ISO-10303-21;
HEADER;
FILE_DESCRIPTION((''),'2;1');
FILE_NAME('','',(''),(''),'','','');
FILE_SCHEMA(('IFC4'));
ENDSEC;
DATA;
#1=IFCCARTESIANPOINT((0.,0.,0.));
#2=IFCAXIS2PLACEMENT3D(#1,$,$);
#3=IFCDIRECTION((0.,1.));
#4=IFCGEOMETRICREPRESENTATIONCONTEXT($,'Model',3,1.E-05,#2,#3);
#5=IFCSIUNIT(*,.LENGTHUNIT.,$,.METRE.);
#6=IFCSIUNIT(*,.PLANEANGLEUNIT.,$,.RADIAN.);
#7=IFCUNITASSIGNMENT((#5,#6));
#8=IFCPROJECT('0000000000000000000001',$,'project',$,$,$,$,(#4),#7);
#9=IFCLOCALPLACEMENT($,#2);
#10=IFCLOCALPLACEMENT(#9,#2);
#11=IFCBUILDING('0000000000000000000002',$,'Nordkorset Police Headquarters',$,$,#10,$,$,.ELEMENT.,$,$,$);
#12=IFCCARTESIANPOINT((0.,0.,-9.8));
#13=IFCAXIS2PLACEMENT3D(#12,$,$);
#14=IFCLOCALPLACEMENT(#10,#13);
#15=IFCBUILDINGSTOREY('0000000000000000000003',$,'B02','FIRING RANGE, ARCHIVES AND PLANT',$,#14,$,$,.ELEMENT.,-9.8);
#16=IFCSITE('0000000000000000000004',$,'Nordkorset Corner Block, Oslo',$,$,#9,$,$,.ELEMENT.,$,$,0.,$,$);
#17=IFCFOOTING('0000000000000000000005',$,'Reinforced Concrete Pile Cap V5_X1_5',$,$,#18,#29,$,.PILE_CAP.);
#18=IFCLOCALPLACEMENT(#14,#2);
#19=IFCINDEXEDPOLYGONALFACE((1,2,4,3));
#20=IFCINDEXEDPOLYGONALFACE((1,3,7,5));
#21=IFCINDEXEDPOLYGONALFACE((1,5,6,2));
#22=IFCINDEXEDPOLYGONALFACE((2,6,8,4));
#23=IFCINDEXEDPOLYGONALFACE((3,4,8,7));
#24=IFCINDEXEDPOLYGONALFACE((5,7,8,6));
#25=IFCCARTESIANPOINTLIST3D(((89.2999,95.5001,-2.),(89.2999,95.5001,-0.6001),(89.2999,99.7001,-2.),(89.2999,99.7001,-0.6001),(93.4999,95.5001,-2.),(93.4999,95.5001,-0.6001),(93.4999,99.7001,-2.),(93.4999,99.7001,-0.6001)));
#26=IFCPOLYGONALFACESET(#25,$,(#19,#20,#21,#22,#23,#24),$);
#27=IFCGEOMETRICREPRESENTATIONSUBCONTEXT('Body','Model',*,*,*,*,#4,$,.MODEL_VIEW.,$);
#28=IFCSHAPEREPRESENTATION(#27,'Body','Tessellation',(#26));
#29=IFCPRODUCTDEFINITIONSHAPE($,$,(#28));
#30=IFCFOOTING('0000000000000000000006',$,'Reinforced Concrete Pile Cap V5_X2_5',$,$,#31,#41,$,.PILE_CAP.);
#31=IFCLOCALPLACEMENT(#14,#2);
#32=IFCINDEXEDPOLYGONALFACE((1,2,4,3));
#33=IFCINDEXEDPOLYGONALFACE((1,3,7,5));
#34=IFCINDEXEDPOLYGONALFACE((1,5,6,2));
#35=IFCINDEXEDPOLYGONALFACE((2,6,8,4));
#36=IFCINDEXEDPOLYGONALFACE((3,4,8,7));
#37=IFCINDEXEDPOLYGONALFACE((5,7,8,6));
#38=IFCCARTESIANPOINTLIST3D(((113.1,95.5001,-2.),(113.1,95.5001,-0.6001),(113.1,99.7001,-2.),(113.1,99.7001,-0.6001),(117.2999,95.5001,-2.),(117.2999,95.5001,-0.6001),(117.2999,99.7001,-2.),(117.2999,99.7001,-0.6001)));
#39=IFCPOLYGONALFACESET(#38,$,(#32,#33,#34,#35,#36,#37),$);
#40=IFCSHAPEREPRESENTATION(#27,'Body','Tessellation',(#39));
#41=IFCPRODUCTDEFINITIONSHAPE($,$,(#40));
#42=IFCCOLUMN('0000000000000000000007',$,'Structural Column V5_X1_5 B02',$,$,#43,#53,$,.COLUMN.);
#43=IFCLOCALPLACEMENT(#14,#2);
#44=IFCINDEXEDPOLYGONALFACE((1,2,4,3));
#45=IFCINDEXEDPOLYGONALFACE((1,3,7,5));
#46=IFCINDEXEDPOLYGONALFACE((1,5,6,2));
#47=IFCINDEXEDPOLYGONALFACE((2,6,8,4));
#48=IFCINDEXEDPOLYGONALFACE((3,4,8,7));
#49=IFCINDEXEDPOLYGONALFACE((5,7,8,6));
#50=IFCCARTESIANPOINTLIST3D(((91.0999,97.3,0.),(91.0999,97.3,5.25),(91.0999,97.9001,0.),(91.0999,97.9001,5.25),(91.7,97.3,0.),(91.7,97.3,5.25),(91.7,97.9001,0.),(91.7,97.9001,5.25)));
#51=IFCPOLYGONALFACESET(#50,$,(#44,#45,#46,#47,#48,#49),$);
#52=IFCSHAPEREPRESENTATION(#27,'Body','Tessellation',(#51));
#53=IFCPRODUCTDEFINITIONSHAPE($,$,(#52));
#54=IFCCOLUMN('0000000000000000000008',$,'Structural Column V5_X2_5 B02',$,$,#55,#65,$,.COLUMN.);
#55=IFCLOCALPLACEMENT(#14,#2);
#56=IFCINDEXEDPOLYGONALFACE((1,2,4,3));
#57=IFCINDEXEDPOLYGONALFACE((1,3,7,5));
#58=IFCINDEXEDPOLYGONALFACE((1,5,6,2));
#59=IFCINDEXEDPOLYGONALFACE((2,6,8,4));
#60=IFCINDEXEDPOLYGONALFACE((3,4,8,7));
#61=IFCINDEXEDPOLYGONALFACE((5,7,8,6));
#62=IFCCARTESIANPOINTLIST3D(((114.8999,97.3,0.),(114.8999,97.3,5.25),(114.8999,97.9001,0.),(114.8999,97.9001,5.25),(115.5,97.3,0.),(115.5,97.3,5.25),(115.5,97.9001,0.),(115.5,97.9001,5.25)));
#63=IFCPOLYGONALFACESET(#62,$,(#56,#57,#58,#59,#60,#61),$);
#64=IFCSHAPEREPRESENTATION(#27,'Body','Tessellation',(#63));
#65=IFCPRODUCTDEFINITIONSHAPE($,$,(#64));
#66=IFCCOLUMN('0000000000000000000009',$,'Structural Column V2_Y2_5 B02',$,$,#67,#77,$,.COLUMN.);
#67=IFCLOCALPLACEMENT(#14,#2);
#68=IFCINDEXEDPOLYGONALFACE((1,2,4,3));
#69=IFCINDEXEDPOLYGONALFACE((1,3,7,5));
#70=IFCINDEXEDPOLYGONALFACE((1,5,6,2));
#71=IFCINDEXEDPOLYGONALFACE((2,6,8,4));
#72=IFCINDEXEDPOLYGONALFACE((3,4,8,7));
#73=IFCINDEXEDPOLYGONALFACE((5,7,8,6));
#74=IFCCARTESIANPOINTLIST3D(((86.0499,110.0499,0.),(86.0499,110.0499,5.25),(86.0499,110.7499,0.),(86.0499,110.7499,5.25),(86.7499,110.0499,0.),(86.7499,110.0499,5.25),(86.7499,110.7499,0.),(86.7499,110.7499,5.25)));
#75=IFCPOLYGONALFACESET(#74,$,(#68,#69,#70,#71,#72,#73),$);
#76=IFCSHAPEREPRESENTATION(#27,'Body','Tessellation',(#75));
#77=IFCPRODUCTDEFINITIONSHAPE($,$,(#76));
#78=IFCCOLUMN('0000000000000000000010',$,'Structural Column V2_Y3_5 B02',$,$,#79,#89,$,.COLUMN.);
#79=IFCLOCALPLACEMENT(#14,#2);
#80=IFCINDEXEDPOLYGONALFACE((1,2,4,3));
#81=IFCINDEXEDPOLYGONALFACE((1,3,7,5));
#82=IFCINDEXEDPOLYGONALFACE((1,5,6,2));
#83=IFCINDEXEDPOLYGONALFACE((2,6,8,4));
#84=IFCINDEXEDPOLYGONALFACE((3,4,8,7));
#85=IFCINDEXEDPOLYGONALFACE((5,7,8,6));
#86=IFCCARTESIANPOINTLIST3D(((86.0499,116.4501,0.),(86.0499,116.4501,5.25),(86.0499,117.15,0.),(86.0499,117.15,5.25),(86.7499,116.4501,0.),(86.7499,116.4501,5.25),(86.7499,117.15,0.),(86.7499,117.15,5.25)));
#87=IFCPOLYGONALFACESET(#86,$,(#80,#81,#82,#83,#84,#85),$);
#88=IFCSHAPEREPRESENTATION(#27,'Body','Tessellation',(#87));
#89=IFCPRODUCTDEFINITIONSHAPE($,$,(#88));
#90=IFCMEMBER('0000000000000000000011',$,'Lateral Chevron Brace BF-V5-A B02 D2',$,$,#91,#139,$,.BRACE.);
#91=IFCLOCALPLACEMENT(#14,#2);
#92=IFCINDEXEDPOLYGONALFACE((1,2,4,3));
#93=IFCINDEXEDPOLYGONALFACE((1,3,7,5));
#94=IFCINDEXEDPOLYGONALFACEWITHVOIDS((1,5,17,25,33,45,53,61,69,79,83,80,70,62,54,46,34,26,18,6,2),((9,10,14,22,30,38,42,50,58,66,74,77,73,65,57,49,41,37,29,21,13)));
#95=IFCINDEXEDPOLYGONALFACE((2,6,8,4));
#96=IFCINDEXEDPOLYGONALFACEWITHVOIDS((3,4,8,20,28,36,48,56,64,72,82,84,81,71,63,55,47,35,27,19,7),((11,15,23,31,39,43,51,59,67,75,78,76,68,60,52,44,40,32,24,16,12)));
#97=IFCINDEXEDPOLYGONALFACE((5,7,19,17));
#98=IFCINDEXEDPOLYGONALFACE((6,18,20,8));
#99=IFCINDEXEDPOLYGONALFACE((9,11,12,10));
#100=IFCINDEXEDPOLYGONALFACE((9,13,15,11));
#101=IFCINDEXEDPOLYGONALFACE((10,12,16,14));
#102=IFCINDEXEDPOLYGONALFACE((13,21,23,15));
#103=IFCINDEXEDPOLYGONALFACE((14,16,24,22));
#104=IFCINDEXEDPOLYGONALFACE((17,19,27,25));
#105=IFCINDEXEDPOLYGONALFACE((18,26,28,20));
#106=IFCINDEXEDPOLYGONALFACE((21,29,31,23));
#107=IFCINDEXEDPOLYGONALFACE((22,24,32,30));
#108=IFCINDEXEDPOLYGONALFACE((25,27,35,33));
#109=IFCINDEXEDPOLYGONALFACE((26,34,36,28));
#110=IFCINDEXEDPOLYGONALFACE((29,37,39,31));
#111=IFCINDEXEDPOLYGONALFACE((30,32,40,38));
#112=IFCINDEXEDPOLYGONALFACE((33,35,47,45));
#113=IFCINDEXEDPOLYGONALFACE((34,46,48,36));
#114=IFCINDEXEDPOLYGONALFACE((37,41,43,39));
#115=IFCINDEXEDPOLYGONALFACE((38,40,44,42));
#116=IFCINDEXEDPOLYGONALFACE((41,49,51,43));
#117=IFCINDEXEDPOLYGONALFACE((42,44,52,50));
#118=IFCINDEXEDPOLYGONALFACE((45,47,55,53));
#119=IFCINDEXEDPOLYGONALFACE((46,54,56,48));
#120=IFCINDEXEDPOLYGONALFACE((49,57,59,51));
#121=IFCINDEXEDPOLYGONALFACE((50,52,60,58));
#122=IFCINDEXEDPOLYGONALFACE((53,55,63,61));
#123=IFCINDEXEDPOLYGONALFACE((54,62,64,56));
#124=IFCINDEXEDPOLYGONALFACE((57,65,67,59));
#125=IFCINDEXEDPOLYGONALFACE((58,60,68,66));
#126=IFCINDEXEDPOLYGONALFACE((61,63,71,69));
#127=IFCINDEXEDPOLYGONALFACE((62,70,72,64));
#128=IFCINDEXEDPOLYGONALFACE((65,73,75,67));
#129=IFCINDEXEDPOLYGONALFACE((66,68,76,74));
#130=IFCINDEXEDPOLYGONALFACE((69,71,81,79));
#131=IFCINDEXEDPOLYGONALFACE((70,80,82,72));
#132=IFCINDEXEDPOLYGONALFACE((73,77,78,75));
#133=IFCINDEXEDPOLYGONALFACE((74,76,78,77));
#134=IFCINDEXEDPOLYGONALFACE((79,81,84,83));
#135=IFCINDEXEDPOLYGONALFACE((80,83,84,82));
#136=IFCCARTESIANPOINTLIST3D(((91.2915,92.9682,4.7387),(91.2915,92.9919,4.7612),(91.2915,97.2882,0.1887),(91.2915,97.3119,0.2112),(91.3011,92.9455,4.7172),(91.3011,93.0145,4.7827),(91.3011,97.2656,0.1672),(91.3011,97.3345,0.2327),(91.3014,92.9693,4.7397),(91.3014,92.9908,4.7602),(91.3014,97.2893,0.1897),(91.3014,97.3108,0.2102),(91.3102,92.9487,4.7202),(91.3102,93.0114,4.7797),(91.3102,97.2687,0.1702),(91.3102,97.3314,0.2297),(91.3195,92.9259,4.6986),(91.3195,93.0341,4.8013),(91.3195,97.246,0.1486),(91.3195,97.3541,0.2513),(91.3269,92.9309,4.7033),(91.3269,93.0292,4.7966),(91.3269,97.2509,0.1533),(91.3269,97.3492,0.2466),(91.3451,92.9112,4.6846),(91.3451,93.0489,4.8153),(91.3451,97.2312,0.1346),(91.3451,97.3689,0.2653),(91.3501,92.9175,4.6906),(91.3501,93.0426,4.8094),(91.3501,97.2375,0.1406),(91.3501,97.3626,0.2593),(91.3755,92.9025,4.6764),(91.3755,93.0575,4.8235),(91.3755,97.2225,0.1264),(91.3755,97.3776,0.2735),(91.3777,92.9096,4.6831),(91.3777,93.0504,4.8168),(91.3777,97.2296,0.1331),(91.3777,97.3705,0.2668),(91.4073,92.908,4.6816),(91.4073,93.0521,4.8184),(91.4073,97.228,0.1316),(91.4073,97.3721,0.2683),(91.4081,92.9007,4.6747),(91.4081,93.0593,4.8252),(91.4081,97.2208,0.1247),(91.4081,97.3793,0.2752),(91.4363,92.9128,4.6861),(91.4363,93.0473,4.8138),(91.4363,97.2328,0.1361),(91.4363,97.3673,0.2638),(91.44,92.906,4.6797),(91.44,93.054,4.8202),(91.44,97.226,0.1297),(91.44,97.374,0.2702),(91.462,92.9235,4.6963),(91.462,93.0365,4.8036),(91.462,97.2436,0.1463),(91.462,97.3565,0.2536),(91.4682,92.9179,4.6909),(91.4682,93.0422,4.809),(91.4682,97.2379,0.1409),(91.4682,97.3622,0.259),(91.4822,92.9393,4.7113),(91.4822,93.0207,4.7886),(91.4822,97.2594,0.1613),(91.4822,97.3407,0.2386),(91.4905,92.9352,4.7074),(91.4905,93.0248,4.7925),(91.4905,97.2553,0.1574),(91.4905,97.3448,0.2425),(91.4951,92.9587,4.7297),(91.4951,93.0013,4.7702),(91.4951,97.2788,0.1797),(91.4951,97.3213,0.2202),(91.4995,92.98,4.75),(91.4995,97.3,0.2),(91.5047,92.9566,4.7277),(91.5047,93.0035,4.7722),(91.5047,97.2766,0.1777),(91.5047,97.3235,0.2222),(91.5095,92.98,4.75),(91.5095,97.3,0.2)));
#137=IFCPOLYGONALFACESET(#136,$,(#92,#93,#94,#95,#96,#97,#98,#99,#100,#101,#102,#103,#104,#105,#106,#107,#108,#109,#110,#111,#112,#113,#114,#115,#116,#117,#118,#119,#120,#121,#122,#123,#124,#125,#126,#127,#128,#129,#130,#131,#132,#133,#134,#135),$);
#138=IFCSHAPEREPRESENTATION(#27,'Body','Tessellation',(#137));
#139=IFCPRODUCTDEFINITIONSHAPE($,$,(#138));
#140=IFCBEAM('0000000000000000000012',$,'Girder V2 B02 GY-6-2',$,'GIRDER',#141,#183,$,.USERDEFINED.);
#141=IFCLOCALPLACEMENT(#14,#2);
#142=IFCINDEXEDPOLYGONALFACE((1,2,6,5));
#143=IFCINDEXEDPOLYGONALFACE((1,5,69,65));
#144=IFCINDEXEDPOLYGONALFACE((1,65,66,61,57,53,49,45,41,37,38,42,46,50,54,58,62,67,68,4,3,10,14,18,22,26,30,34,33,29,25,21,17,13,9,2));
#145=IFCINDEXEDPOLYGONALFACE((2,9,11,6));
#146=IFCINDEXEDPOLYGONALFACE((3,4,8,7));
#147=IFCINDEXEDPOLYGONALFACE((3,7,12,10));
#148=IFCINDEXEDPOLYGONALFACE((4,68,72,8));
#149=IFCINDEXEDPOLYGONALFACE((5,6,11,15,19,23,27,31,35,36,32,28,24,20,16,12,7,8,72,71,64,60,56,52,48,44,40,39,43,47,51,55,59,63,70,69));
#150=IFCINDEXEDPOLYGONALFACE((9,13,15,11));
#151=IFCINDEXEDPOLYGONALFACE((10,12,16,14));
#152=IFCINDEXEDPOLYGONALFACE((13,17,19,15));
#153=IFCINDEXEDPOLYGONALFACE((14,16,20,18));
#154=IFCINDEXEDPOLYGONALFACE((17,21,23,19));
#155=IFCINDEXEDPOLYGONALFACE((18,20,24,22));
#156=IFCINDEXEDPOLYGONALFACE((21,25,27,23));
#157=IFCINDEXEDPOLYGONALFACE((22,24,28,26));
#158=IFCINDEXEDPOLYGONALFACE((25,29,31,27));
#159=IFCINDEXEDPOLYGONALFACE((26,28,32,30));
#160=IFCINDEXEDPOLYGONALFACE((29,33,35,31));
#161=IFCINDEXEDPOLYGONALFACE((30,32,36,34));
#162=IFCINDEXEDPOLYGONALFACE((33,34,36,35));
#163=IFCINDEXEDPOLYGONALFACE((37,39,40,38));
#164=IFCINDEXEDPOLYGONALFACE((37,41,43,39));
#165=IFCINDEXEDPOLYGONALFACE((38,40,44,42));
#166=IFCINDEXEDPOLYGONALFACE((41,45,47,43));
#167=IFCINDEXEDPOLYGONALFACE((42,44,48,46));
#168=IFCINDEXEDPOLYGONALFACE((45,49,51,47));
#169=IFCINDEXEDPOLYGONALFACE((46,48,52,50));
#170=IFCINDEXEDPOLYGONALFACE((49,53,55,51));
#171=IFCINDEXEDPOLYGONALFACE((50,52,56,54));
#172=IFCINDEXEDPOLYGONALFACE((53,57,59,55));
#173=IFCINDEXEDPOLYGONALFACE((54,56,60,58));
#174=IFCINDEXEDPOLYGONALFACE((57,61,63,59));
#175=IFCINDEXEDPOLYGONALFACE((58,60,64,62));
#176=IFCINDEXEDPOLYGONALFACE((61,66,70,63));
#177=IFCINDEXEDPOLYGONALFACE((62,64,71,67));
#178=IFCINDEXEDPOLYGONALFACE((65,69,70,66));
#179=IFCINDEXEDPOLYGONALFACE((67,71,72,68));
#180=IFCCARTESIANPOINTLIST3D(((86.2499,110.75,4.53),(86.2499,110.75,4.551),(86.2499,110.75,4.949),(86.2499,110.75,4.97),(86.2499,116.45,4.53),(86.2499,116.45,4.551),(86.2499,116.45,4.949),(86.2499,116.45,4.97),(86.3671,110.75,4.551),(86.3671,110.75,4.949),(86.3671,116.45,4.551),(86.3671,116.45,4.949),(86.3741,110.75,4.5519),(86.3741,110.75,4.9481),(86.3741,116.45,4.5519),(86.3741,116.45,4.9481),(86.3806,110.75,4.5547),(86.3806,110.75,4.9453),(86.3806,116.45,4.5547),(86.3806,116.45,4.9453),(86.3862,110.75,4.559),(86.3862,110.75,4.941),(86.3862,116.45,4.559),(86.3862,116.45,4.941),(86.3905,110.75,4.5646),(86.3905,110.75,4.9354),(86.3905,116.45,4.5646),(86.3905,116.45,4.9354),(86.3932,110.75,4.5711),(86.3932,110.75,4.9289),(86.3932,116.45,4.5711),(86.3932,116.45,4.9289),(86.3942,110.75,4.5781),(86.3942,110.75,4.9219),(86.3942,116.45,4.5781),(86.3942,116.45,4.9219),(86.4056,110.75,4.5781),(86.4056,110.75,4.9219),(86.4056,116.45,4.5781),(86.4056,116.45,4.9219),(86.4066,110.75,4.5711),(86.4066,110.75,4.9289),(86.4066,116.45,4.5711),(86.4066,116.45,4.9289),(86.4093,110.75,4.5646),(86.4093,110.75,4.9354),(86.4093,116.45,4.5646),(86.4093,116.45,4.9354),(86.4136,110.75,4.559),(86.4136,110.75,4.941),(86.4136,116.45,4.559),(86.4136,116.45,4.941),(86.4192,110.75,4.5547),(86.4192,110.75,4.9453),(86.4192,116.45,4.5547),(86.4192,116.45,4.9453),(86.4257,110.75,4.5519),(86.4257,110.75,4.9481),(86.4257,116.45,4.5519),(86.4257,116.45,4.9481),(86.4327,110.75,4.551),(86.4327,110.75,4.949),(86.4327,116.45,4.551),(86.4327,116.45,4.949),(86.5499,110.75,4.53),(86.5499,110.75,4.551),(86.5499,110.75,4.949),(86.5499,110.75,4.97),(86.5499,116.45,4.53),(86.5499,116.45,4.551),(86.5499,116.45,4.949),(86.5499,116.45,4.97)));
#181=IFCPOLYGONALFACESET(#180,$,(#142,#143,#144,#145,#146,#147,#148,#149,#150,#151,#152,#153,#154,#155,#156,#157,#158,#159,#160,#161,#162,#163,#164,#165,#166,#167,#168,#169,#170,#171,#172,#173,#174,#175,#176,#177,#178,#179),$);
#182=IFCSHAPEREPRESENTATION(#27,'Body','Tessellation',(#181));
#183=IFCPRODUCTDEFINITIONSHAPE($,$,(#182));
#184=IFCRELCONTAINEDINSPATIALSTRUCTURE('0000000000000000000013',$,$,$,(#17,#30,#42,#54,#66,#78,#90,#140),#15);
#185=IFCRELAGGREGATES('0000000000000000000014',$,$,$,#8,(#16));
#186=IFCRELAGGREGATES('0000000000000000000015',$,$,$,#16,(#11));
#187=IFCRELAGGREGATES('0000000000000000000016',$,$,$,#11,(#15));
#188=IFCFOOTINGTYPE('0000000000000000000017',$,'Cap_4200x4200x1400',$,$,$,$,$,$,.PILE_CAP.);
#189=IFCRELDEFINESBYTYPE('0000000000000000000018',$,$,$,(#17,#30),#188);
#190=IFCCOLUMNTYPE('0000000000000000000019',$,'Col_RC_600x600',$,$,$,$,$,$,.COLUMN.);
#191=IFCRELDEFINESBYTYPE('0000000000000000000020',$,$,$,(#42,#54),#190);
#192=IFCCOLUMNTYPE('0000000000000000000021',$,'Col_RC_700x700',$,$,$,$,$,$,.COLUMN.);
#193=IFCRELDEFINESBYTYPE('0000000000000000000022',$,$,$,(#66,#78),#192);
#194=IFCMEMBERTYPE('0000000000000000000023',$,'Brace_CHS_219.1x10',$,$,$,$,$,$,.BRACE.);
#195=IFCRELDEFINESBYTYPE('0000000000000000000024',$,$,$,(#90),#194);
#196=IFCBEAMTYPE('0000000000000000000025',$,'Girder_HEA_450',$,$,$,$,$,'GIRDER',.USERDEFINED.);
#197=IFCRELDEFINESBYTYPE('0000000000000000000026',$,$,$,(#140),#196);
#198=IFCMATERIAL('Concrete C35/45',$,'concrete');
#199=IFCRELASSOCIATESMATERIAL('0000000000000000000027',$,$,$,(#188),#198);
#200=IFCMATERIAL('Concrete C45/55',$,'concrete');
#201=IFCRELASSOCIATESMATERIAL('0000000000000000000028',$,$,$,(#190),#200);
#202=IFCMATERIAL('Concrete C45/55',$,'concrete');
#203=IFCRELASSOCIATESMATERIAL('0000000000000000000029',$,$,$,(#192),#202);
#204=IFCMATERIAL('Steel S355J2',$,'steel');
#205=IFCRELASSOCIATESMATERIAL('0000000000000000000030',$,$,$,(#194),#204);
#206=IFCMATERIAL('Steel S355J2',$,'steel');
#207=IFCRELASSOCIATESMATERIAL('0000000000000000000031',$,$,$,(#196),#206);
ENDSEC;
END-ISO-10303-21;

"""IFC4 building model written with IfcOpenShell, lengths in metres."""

from ifc_helpers import new_model, si_unit, direction, frame, origin, origin_2d, place, context, subcontext, project, spatial, rectangle, hollow_circle, i_section, extrude, material, material_profile, profile_set, type_object, element, save


model = new_model("IFC4")

# Units and contexts
model_context = context("Model", 3, precision=1e-05, world=origin(), true_north=direction((0.0, 1.0)))
body_context = subcontext(model_context, "Body", "Model", "MODEL_VIEW")
ifc_project = project(units=[si_unit("LENGTHUNIT", "METRE"), si_unit("PLANEANGLEUNIT", "RADIAN")], contexts=[model_context])

# Site, building, storey
site_placement = place(None, origin())
site = spatial("IfcSite", under=ifc_project, at=site_placement, Name="Nordkorset Corner Block, Oslo", CompositionType="ELEMENT", RefElevation=0.0)
building_placement = place(site_placement, origin())
building = spatial("IfcBuilding", under=site, at=building_placement, Name="Nordkorset Police Headquarters", CompositionType="ELEMENT")
storey_placement = place(building_placement, frame((0.0, 0.0, -9.8)))
storey = spatial("IfcBuildingStorey", under=building, at=storey_placement, Name="B02", Description="FIRING RANGE, ARCHIVES AND PLANT", CompositionType="ELEMENT", Elevation=-9.8)

# Footings
ifc_material_1 = material(Name="Concrete C35/45", Category="concrete")
footing_type_1 = type_object("IfcFootingType", Name="Cap_4200x4200x1400", PredefinedType="PILE_CAP", material=ifc_material_1)
for number, where, z_axis, x_axis, name in (
    (1, (91.3999, 97.6001, -2.0), (0.0, 0.0, 1.0), (1.0, 0.0, 0.0), "Reinforced Concrete Pile Cap V5_X1_5"),
    (2, (115.2, 97.6001, -2.0), (0.0, 0.0, 1.0), (1.0, 0.0, 0.0), "Reinforced Concrete Pile Cap V5_X2_5"),
):
    element("IfcFooting", number, at=place(storey_placement, frame(where, z_axis=z_axis, x_axis=x_axis)), inside=storey, type_object=footing_type_1, Name=name, PredefinedType="PILE_CAP", context=body_context, shape_type="SweptSolid", body=[
        extrude(rectangle(XDim=4.2, YDim=4.2, at=origin_2d()), origin(), (0.0, 0.0, 1.0), 1.3999),
    ])

# Columns
ifc_material_2 = material(Name="Concrete C45/55", Category="concrete")
ifc_material_profile_1 = material_profile(ifc_material_2, rectangle(XDim=0.6001, YDim=0.6001, at=origin_2d()), Name="RC 600x600")
ifc_profile_set_1 = profile_set([ifc_material_profile_1], Name="Concrete C45/55")
column_type_1 = type_object("IfcColumnType", Name="Col_RC_600x600", PredefinedType="COLUMN", material=ifc_profile_set_1)
for number, where, z_axis, x_axis, name in (
    (3, (91.3999, 97.6001, 0.0), (0.0, 0.0, 1.0), (1.0, 0.0, 0.0), "Structural Column V5_X1_5 B02"),
    (4, (115.2, 97.6001, 0.0), (0.0, 0.0, 1.0), (1.0, 0.0, 0.0), "Structural Column V5_X2_5 B02"),
):
    element("IfcColumn", number, at=place(storey_placement, frame(where, z_axis=z_axis, x_axis=x_axis)), inside=storey, type_object=column_type_1, Name=name, PredefinedType="COLUMN", context=body_context, shape_type="SweptSolid", body=[
        extrude(rectangle(XDim=0.6001, YDim=0.6001, at=origin_2d()), origin(), (0.0, 0.0, 1.0), 5.25),
    ])
ifc_material_3 = material(Name="Concrete C45/55", Category="concrete")
ifc_material_profile_2 = material_profile(ifc_material_3, rectangle(XDim=0.7, YDim=0.7, at=origin_2d()), Name="RC 700x700")
ifc_profile_set_2 = profile_set([ifc_material_profile_2], Name="Concrete C45/55")
column_type_2 = type_object("IfcColumnType", Name="Col_RC_700x700", PredefinedType="COLUMN", material=ifc_profile_set_2)
for number, where, z_axis, x_axis, name in (
    (5, (86.3999, 110.3999, 0.0), (0.0, 0.0, 1.0), (1.0, 0.0, 0.0), "Structural Column V2_Y2_5 B02"),
    (6, (86.3999, 116.8, 0.0), (0.0, 0.0, 1.0), (1.0, 0.0, 0.0), "Structural Column V2_Y3_5 B02"),
):
    element("IfcColumn", number, at=place(storey_placement, frame(where, z_axis=z_axis, x_axis=x_axis)), inside=storey, type_object=column_type_2, Name=name, PredefinedType="COLUMN", context=body_context, shape_type="SweptSolid", body=[
        extrude(rectangle(XDim=0.7, YDim=0.7, at=origin_2d()), origin(), (0.0, 0.0, 1.0), 5.25),
    ])

# Member
ifc_material_4 = material(Name="Steel S355J2", Category="steel")
ifc_material_profile_3 = material_profile(ifc_material_4, hollow_circle(Radius=0.1096, WallThickness=0.01, at=origin_2d()), Name="CHS 219.1x10")
ifc_profile_set_3 = profile_set([ifc_material_profile_3], Name="Steel S355J2")
member_type = type_object("IfcMemberType", Name="Brace_CHS_219.1x10", PredefinedType="BRACE", material=ifc_profile_set_3)
member_placement = place(storey_placement, frame((91.3999, 97.3, 0.2), z_axis=(0.0, -0.688542, 0.725197), x_axis=(1.0, 0.0, 0.0)))
element("IfcMember", 7, at=member_placement, inside=storey, type_object=member_type, Name="Lateral Chevron Brace BF-V5-A B02 D2", PredefinedType="BRACE", context=body_context, shape_type="SweptSolid", body=[
    extrude(hollow_circle(Radius=0.1096, WallThickness=0.01, at=origin_2d()), origin(), (0.0, 0.0, 1.0), 6.2742),
])

# Beam
ifc_material_5 = material(Name="Steel S355J2", Category="steel")
ifc_material_profile_4 = material_profile(ifc_material_5, i_section(OverallWidth=0.3, OverallDepth=0.4399, WebThickness=0.0115, FlangeThickness=0.021, FilletRadius=0.0271, at=origin_2d()), Name="HEA 450")
ifc_profile_set_4 = profile_set([ifc_material_profile_4], Name="Steel S355J2")
beam_type_1 = type_object("IfcBeamType", Name="Girder_HEA_450", ElementType="GIRDER", PredefinedType="USERDEFINED", material=ifc_profile_set_4)
beam_1_placement = place(storey_placement, frame((86.3999, 110.75, 4.75), z_axis=(0.0, 1.0, 0.0), x_axis=(-1.0, 0.0, 0.0)))
element("IfcBeam", 8, at=beam_1_placement, inside=storey, type_object=beam_type_1, Name="Girder V2 B02 GY-6-2", ObjectType="GIRDER", PredefinedType="USERDEFINED", context=body_context, shape_type="SweptSolid", body=[
    extrude(i_section(OverallWidth=0.3, OverallDepth=0.4399, WebThickness=0.0115, FlangeThickness=0.021, FilletRadius=0.0271, at=origin_2d()), origin(), (0.0, 0.0, 1.0), 5.7),
])

save(model, "model.ifc")
